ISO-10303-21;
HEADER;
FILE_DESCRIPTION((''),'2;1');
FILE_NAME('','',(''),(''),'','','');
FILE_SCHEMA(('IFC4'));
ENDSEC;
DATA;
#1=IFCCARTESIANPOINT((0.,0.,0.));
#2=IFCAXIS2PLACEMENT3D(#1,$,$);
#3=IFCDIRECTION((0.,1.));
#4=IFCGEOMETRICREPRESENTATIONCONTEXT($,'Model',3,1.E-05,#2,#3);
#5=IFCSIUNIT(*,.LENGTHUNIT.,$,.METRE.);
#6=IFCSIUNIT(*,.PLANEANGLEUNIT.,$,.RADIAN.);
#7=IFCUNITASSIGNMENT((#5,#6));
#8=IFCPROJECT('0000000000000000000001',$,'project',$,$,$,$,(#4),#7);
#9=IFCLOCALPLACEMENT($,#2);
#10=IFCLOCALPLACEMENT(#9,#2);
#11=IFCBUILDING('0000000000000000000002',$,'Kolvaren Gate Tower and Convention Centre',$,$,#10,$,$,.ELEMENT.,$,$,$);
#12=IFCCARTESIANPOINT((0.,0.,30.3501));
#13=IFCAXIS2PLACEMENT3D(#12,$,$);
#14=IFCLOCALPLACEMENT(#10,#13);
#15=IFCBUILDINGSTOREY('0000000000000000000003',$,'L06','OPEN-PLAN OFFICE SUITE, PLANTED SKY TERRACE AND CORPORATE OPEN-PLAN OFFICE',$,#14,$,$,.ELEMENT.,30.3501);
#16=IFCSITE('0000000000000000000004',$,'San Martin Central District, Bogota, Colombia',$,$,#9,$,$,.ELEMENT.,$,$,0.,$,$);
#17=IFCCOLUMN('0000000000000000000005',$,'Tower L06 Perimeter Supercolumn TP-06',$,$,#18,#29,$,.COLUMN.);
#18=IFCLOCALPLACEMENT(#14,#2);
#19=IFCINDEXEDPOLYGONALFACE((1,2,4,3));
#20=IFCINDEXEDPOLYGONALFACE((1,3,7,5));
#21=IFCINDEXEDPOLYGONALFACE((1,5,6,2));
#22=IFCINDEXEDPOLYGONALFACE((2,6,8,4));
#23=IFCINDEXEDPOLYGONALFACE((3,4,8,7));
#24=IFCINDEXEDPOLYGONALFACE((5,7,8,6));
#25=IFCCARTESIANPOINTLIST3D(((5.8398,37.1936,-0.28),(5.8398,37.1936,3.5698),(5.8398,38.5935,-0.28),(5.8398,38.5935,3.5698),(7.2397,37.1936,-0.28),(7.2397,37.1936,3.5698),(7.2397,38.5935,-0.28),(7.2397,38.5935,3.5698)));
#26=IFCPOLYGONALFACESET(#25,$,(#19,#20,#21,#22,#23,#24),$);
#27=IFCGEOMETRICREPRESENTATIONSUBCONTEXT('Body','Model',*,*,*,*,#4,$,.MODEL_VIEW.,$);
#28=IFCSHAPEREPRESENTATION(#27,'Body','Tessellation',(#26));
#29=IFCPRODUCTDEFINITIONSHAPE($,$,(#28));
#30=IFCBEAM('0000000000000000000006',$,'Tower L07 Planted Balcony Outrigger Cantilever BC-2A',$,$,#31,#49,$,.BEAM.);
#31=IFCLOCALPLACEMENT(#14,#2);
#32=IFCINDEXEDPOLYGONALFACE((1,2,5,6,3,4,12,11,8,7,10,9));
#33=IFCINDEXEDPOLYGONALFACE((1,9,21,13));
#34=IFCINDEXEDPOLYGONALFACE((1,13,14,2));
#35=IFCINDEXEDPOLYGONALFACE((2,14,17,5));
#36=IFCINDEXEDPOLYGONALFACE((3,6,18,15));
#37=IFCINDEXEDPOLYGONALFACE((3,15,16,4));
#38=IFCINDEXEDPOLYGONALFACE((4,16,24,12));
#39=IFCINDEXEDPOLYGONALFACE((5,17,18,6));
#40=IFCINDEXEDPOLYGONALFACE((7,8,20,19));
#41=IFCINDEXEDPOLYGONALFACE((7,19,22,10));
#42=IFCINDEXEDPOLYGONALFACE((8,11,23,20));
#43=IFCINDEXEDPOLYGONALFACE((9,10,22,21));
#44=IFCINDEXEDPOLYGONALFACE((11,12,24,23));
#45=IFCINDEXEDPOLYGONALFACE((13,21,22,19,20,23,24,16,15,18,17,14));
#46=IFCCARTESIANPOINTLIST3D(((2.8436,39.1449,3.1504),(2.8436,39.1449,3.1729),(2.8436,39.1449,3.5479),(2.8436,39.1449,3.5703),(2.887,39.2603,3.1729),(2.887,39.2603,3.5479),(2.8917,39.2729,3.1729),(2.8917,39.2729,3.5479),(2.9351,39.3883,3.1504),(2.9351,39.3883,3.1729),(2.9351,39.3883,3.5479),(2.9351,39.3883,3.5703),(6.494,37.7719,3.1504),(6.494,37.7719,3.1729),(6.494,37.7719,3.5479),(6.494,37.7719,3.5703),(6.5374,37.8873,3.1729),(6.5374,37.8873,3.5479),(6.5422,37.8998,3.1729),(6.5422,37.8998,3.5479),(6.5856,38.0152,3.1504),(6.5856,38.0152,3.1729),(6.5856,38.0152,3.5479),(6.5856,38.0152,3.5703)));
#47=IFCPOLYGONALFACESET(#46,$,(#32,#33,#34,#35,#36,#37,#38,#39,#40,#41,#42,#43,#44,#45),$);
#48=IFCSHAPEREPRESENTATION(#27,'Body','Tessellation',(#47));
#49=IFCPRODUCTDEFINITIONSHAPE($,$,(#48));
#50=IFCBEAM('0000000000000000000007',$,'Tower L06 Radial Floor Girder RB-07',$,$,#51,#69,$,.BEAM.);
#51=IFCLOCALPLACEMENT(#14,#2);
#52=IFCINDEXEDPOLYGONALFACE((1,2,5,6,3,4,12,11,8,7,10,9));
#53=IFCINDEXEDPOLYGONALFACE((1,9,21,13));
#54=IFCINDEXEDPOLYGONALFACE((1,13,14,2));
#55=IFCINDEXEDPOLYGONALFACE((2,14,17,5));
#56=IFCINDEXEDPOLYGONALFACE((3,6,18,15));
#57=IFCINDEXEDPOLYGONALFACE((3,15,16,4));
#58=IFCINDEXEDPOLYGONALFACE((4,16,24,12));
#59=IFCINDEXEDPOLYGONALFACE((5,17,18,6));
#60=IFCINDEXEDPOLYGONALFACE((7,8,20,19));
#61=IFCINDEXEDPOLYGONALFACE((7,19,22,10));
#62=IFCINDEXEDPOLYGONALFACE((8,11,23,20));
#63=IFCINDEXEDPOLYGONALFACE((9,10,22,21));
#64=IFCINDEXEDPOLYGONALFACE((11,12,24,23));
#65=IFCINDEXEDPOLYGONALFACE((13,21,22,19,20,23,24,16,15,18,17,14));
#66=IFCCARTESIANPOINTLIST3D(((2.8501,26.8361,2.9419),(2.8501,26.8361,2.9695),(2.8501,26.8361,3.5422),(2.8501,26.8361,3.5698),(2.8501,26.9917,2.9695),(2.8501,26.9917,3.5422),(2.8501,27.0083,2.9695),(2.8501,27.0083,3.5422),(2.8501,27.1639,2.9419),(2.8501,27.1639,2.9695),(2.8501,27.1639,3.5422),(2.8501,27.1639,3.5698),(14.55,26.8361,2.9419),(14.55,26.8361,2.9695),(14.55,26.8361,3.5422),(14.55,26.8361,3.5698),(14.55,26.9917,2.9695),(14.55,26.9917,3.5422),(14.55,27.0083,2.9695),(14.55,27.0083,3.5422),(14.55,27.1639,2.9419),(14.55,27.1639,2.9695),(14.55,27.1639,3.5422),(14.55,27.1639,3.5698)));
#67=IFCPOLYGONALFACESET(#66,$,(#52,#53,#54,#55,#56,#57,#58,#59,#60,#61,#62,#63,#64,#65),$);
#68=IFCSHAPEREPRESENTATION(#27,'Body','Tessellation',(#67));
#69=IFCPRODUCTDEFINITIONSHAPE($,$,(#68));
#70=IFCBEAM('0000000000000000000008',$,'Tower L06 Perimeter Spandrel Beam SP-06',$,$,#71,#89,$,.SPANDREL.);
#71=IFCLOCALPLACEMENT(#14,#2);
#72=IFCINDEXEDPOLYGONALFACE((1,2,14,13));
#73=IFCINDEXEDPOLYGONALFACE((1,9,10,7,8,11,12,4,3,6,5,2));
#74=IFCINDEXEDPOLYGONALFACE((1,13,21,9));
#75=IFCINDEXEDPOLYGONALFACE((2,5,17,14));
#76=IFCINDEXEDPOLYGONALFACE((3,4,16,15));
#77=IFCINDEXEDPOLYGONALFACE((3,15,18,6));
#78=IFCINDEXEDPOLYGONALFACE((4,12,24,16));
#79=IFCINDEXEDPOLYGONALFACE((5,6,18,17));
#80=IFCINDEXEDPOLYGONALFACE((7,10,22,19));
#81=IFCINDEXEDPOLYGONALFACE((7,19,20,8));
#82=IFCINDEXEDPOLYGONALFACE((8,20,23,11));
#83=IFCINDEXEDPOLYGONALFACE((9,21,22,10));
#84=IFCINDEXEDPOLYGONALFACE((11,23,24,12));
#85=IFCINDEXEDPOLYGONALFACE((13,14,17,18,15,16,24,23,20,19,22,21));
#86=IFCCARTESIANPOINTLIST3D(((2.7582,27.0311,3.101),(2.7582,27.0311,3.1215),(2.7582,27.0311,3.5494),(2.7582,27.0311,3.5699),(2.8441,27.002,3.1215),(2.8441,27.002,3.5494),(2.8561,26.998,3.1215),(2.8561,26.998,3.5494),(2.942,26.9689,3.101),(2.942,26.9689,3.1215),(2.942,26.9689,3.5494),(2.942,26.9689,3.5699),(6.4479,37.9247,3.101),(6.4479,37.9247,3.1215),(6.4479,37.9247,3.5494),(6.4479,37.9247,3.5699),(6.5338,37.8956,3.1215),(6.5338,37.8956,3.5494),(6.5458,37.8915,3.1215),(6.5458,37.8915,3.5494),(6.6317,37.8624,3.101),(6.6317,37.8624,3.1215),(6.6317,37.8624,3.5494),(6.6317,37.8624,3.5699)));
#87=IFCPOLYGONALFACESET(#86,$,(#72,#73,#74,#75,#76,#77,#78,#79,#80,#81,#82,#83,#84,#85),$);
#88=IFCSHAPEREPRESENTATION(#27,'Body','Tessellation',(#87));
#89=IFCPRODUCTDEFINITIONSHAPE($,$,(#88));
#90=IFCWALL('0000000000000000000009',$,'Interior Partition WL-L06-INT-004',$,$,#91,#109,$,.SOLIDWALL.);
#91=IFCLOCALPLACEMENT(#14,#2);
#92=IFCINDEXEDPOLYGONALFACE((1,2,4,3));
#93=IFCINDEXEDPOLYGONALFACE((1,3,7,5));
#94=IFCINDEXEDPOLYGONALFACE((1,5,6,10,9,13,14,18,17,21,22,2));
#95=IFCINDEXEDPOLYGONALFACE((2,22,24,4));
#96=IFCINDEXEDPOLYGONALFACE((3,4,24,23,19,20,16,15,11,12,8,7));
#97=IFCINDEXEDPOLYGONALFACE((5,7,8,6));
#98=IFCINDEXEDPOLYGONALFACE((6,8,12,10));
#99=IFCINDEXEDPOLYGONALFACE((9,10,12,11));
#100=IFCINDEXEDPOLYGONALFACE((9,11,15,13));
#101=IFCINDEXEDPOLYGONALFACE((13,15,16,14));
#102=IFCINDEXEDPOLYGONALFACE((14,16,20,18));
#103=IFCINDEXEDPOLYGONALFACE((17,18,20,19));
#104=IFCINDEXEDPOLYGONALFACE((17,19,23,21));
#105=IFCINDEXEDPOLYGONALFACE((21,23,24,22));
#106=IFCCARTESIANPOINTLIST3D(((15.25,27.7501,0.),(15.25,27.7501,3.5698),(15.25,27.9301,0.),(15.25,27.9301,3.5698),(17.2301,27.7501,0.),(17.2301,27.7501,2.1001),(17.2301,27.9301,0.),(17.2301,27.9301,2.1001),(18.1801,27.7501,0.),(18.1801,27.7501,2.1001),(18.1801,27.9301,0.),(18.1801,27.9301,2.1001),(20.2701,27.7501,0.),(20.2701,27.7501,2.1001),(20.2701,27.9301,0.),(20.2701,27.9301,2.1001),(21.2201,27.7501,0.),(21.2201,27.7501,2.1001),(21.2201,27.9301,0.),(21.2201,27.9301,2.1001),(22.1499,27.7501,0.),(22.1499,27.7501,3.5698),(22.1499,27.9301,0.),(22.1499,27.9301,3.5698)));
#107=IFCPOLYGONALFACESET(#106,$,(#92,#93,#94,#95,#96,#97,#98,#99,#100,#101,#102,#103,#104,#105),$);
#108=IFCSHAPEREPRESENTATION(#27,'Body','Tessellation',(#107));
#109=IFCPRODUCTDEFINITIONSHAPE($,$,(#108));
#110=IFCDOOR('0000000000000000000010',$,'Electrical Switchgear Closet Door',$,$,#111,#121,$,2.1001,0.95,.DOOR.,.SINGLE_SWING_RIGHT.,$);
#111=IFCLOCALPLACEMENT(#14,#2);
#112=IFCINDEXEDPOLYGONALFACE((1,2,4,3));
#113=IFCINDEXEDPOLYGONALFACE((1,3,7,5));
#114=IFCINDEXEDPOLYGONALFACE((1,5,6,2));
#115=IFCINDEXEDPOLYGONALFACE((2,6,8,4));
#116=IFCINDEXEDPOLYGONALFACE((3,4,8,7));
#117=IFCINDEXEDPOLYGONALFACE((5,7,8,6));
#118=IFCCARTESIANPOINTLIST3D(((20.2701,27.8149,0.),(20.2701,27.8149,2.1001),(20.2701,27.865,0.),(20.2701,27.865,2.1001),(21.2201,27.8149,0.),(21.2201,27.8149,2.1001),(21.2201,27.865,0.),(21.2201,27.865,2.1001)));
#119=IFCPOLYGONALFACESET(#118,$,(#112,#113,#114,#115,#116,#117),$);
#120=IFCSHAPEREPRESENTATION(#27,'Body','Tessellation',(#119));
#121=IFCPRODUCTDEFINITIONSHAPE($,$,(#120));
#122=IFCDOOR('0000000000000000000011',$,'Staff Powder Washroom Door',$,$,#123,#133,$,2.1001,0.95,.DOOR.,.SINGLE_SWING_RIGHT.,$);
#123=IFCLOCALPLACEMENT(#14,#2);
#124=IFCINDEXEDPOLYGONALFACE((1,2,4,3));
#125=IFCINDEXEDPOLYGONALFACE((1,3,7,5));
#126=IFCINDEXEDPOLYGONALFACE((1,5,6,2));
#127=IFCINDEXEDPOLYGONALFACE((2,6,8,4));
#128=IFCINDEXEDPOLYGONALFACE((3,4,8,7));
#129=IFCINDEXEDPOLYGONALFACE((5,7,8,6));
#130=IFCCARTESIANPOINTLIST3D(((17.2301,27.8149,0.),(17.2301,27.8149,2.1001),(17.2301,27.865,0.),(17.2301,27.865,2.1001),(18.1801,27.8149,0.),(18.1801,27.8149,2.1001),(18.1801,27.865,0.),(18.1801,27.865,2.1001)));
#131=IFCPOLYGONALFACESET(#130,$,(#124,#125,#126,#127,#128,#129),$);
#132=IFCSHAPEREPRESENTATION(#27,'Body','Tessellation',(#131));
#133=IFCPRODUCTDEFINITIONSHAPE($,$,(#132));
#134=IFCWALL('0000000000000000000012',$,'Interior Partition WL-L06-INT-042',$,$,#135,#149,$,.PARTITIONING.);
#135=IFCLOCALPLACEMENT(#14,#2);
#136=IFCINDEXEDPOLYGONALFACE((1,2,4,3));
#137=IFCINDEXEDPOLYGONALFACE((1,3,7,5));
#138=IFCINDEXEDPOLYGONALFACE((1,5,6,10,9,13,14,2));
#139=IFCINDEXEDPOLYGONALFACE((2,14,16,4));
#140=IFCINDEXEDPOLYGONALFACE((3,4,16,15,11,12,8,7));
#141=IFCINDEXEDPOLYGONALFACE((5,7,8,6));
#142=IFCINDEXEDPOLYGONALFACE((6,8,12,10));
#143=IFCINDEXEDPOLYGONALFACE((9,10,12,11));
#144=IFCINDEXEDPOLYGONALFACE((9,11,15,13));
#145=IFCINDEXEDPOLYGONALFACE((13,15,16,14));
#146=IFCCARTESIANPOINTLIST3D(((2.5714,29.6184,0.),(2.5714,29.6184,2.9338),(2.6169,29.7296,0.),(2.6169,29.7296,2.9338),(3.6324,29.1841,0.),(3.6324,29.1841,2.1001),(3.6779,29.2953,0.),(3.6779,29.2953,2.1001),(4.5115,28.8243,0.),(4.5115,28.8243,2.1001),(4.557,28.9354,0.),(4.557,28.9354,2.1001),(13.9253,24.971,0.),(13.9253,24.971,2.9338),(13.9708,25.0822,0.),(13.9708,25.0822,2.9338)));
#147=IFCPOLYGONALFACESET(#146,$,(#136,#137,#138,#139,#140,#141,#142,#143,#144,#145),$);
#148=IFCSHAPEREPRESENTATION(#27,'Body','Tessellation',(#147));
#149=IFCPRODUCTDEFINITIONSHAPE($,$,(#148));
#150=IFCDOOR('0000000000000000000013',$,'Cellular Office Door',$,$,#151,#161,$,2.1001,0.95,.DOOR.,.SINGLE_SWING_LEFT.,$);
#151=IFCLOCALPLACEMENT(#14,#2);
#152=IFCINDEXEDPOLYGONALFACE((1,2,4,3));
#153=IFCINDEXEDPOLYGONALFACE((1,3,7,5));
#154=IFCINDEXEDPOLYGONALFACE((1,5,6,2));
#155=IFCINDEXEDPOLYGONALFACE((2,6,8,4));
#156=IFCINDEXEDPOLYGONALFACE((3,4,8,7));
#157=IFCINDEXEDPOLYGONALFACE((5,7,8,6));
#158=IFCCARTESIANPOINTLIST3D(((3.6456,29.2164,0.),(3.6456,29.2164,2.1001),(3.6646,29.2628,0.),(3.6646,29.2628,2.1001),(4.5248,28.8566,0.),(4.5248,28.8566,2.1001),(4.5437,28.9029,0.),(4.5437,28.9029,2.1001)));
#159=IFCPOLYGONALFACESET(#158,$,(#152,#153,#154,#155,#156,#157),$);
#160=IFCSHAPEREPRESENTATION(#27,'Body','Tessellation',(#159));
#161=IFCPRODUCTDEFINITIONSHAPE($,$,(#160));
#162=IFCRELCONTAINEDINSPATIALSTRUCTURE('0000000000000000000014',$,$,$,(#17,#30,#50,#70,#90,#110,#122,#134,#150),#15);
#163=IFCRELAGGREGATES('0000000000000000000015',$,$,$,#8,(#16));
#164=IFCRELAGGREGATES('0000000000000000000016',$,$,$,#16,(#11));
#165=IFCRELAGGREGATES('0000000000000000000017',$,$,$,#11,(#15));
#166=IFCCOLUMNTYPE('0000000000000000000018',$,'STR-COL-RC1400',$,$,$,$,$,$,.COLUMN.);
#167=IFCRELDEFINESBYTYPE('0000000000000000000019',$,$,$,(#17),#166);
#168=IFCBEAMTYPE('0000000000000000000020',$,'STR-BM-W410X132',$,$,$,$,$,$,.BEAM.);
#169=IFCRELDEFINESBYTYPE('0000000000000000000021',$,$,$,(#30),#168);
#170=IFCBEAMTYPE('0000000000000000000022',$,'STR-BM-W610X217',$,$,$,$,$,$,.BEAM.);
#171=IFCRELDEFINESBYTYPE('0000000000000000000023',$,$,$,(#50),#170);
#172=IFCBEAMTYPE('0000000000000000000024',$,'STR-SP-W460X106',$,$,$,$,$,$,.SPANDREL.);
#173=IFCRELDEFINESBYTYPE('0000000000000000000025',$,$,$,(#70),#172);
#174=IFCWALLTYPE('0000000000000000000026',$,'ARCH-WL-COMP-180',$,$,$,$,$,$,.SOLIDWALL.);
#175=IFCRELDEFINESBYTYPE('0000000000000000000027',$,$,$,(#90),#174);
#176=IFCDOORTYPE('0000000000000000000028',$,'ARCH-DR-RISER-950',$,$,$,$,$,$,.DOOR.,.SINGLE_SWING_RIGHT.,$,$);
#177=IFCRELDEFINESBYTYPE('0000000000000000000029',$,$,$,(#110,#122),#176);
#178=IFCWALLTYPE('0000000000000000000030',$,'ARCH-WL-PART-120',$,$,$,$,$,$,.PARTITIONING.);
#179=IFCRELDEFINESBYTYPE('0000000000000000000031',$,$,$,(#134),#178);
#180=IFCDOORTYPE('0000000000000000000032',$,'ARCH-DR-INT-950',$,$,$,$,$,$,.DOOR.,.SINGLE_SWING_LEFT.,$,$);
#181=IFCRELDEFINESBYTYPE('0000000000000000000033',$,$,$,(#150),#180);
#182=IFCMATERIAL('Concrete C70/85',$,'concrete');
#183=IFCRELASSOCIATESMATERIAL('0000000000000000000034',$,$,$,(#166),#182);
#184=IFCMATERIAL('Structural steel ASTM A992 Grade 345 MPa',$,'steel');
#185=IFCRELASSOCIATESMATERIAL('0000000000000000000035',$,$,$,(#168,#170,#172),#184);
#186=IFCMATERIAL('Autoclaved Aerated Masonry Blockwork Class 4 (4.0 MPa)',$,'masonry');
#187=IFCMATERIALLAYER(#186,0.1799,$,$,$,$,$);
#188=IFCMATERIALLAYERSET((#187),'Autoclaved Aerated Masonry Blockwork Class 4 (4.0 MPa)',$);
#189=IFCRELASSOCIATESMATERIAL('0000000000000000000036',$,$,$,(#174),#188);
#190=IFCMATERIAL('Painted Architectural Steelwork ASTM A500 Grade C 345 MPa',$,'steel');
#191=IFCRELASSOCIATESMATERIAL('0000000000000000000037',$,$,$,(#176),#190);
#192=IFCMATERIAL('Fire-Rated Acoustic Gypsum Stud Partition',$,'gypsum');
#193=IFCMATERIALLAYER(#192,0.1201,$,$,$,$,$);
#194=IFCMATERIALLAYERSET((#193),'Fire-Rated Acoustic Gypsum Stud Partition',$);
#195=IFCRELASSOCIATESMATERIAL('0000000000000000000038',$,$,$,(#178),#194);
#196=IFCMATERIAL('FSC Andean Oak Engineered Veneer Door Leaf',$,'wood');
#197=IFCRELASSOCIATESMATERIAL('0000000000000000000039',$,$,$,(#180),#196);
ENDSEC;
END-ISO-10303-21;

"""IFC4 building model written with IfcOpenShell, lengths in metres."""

from ifc_helpers import new_model, si_unit, direction, frame, frame_2d, origin, origin_2d, place, context, subcontext, project, spatial, rectangle, i_section, extrude, material, layer, layer_set, material_profile, profile_set, type_object, element, fill, save


model = new_model("IFC4")

# Units and contexts
model_context = context("Model", 3, precision=1e-05, world=origin(), true_north=direction((0.0, 1.0)))
body_context = subcontext(model_context, "Body", "Model", "MODEL_VIEW")
ifc_project = project(units=[si_unit("LENGTHUNIT", "METRE"), si_unit("PLANEANGLEUNIT", "RADIAN")], contexts=[model_context])

# Site, building, storey
site_placement = place(None, origin())
site = spatial("IfcSite", under=ifc_project, at=site_placement, Name="San Martin Central District, Bogota, Colombia", CompositionType="ELEMENT", RefElevation=0.0)
building_placement = place(site_placement, origin())
building = spatial("IfcBuilding", under=site, at=building_placement, Name="Kolvaren Gate Tower and Convention Centre", CompositionType="ELEMENT")
storey_placement = place(building_placement, frame((0.0, 0.0, 30.3501)))
storey = spatial("IfcBuildingStorey", under=building, at=storey_placement, Name="L06", Description="OPEN-PLAN OFFICE SUITE, PLANTED SKY TERRACE AND CORPORATE OPEN-PLAN OFFICE", CompositionType="ELEMENT", Elevation=30.3501)

# Column
ifc_material_1 = material(Name="Concrete C70/85", Category="concrete")
ifc_material_profile_1 = material_profile(ifc_material_1, rectangle(XDim=1.3999, YDim=1.3999, at=origin_2d()), Name="RC-COL-1400X1400")
ifc_profile_set_1 = profile_set([ifc_material_profile_1], Name="Concrete C70/85")
column_type = type_object("IfcColumnType", Name="STR-COL-RC1400", PredefinedType="COLUMN", material=ifc_profile_set_1)
column_placement = place(storey_placement, frame((6.5398, 37.8936, -0.28), z_axis=(0.0, 0.0, 1.0), x_axis=(1.0, 0.0, 0.0)))
element("IfcColumn", 1, at=column_placement, inside=storey, type_object=column_type, Name="Tower L06 Perimeter Supercolumn TP-06", PredefinedType="COLUMN", context=body_context, shape_type="SweptSolid", body=[
    extrude(rectangle(XDim=1.3999, YDim=1.3999, at=origin_2d()), origin(), (0.0, 0.0, 1.0), 3.8499),
])

# Beams
ifc_material_2 = material(Name="Structural steel ASTM A992 Grade 345 MPa", Category="steel")
ifc_material_profile_2 = material_profile(ifc_material_2, i_section(OverallWidth=0.26, OverallDepth=0.4199, WebThickness=0.0134, FlangeThickness=0.0225, at=origin_2d()), Name="W410X132")
ifc_profile_set_2 = profile_set([ifc_material_profile_2], Name="Structural steel ASTM A992 Grade 345 MPa")
beam_type_1 = type_object("IfcBeamType", Name="STR-BM-W410X132", PredefinedType="BEAM", material=ifc_profile_set_2)
beam_1_placement = place(storey_placement, frame((6.5398, 37.8936, 3.3604), z_axis=(-0.935979, 0.352056, 0.0), x_axis=(-0.352056, -0.935979, 0.0)))
element("IfcBeam", 2, at=beam_1_placement, inside=storey, type_object=beam_type_1, Name="Tower L07 Planted Balcony Outrigger Cantilever BC-2A", PredefinedType="BEAM", context=body_context, shape_type="SweptSolid", body=[
    extrude(i_section(OverallWidth=0.26, OverallDepth=0.4199, WebThickness=0.0134, FlangeThickness=0.0225, at=origin_2d()), origin(), (0.0, 0.0, 1.0), 3.9001),
])
ifc_material_profile_3 = material_profile(ifc_material_2, i_section(OverallWidth=0.3279, OverallDepth=0.6279, WebThickness=0.0166, FlangeThickness=0.0276, at=origin_2d()), Name="W610X217")
ifc_profile_set_3 = profile_set([ifc_material_profile_3], Name="Structural steel ASTM A992 Grade 345 MPa")
beam_type_2 = type_object("IfcBeamType", Name="STR-BM-W610X217", PredefinedType="BEAM", material=ifc_profile_set_3)
beam_2_placement = place(storey_placement, frame((14.55, 27.0, 3.2559), z_axis=(-1.0, 0.0, 0.0), x_axis=(0.0, -1.0, 0.0)))
element("IfcBeam", 3, at=beam_2_placement, inside=storey, type_object=beam_type_2, Name="Tower L06 Radial Floor Girder RB-07", PredefinedType="BEAM", context=body_context, shape_type="SweptSolid", body=[
    extrude(i_section(OverallWidth=0.3279, OverallDepth=0.6279, WebThickness=0.0166, FlangeThickness=0.0276, at=origin_2d()), origin(), (0.0, 0.0, 1.0), 11.7),
])
ifc_material_profile_4 = material_profile(ifc_material_2, i_section(OverallWidth=0.1941, OverallDepth=0.469, WebThickness=0.0127, FlangeThickness=0.0205, at=origin_2d()), Name="W460X106")
ifc_profile_set_4 = profile_set([ifc_material_profile_4], Name="Structural steel ASTM A992 Grade 345 MPa")
beam_type_3 = type_object("IfcBeamType", Name="STR-SP-W460X106", PredefinedType="SPANDREL", material=ifc_profile_set_4)
beam_3_placement = place(storey_placement, frame((6.5398, 37.8936, 3.3354), z_axis=(-0.320803, -0.947146, 0.0), x_axis=(0.947146, -0.320803, 0.0)))
element("IfcBeam", 4, at=beam_3_placement, inside=storey, type_object=beam_type_3, Name="Tower L06 Perimeter Spandrel Beam SP-06", PredefinedType="SPANDREL", context=body_context, shape_type="SweptSolid", body=[
    extrude(i_section(OverallWidth=0.1941, OverallDepth=0.469, WebThickness=0.0127, FlangeThickness=0.0205, at=origin_2d()), origin(), (0.0, 0.0, 1.0), 11.5015),
])

# Wall, openings, doors
ifc_material_3 = material(Name="Autoclaved Aerated Masonry Blockwork Class 4 (4.0 MPa)", Category="masonry")
ifc_layer_1 = layer(ifc_material_3, 0.1799)
ifc_layer_set_1 = layer_set([ifc_layer_1], Name="Autoclaved Aerated Masonry Blockwork Class 4 (4.0 MPa)")
wall_type_1 = type_object("IfcWallType", Name="ARCH-WL-COMP-180", PredefinedType="SOLIDWALL", material=ifc_layer_set_1)
wall_1_placement = place(storey_placement, frame((15.25, 27.8401, 0.0), z_axis=(0.0, 0.0, 1.0), x_axis=(1.0, 0.0, 0.0)))
wall_1 = element("IfcWall", 5, at=wall_1_placement, inside=storey, type_object=wall_type_1, Name="Interior Partition WL-L06-INT-004", PredefinedType="SOLIDWALL", context=body_context, shape_type="SweptSolid", body=[
    extrude(rectangle(XDim=6.8999, YDim=0.1799, at=frame_2d((3.45, 0.0))), origin(), (0.0, 0.0, 1.0), 3.5698),
])
opening_1_placement = place(wall_1_placement, frame((5.02, 0.0, 0.0)))
opening_1 = element("IfcOpeningElement", 6, at=opening_1_placement, cuts=wall_1, PredefinedType="OPENING", context=body_context, shape_type="SweptSolid", body=[
    extrude(rectangle(XDim=0.95, YDim=2.1001, at=frame_2d((0.4751, 1.05))), frame((0.0, 0.0999, 0.0), z_axis=(0.0, -1.0, 0.0), x_axis=(1.0, 0.0, 0.0)), (0.0, 0.0, 1.0), 0.2),
])
opening_2_placement = place(wall_1_placement, frame((1.98, 0.0, 0.0)))
opening_2 = element("IfcOpeningElement", 7, at=opening_2_placement, cuts=wall_1, PredefinedType="OPENING", context=body_context, shape_type="SweptSolid", body=[
    extrude(rectangle(XDim=0.95, YDim=2.1001, at=frame_2d((0.4751, 1.05))), frame((0.0, 0.0999, 0.0), z_axis=(0.0, -1.0, 0.0), x_axis=(1.0, 0.0, 0.0)), (0.0, 0.0, 1.0), 0.2),
])
ifc_material_4 = material(Name="Painted Architectural Steelwork ASTM A500 Grade C 345 MPa", Category="steel")
door_type_1 = type_object("IfcDoorType", Name="ARCH-DR-RISER-950", OperationType="SINGLE_SWING_RIGHT", PredefinedType="DOOR", material=ifc_material_4)
door_1_placement = place(opening_1_placement, origin())
door_1 = element("IfcDoor", 8, at=door_1_placement, inside=storey, type_object=door_type_1, Name="Electrical Switchgear Closet Door", OperationType="SINGLE_SWING_RIGHT", OverallHeight=2.1001, OverallWidth=0.95, PredefinedType="DOOR", context=body_context, shape_type="SweptSolid", body=[
    extrude(rectangle(XDim=0.95, YDim=2.1001, at=frame_2d((0.4751, 1.05))), frame((0.0, 0.0249, 0.0), z_axis=(0.0, -1.0, 0.0), x_axis=(1.0, 0.0, 0.0)), (0.0, 0.0, 1.0), 0.05),
])
fill(opening_1, door_1)
door_2_placement = place(opening_2_placement, origin())
door_2 = element("IfcDoor", 9, at=door_2_placement, inside=storey, type_object=door_type_1, Name="Staff Powder Washroom Door", OperationType="SINGLE_SWING_RIGHT", OverallHeight=2.1001, OverallWidth=0.95, PredefinedType="DOOR", context=body_context, shape_type="SweptSolid", body=[
    extrude(rectangle(XDim=0.95, YDim=2.1001, at=frame_2d((0.4751, 1.05))), frame((0.0, 0.0249, 0.0), z_axis=(0.0, -1.0, 0.0), x_axis=(1.0, 0.0, 0.0)), (0.0, 0.0, 1.0), 0.05),
])
fill(opening_2, door_2)

# Wall, opening, door
ifc_material_5 = material(Name="Fire-Rated Acoustic Gypsum Stud Partition", Category="gypsum")
ifc_layer_2 = layer(ifc_material_5, 0.1201)
ifc_layer_set_2 = layer_set([ifc_layer_2], Name="Fire-Rated Acoustic Gypsum Stud Partition")
wall_type_2 = type_object("IfcWallType", Name="ARCH-WL-PART-120", PredefinedType="PARTITIONING", material=ifc_layer_set_2)
wall_2_placement = place(storey_placement, frame((2.594, 29.6741, 0.0), z_axis=(0.0, 0.0, 1.0), x_axis=(0.925471, -0.378817, 0.0)))
wall_2 = element("IfcWall", 10, at=wall_2_placement, inside=storey, type_object=wall_type_2, Name="Interior Partition WL-L06-INT-042", PredefinedType="PARTITIONING", context=body_context, shape_type="SweptSolid", body=[
    extrude(rectangle(XDim=12.2683, YDim=0.1201, at=frame_2d((6.1343, 0.0))), origin(), (0.0, 0.0, 1.0), 2.9338),
])
opening_3_placement = place(wall_2_placement, frame((1.1465, 0.0, 0.0)))
opening_3 = element("IfcOpeningElement", 11, at=opening_3_placement, cuts=wall_2, PredefinedType="OPENING", context=body_context, shape_type="SweptSolid", body=[
    extrude(rectangle(XDim=0.95, YDim=2.1001, at=frame_2d((0.4751, 1.05))), frame((0.0, 0.0701, 0.0), z_axis=(0.0, -1.0, 0.0), x_axis=(1.0, 0.0, 0.0)), (0.0, 0.0, 1.0), 0.1401),
])
ifc_material_6 = material(Name="FSC Andean Oak Engineered Veneer Door Leaf", Category="wood")
door_type_2 = type_object("IfcDoorType", Name="ARCH-DR-INT-950", OperationType="SINGLE_SWING_LEFT", PredefinedType="DOOR", material=ifc_material_6)
door_3_placement = place(opening_3_placement, origin())
door_3 = element("IfcDoor", 12, at=door_3_placement, inside=storey, type_object=door_type_2, Name="Cellular Office Door", OperationType="SINGLE_SWING_LEFT", OverallHeight=2.1001, OverallWidth=0.95, PredefinedType="DOOR", context=body_context, shape_type="SweptSolid", body=[
    extrude(rectangle(XDim=0.95, YDim=2.1001, at=frame_2d((0.4751, 1.05))), frame((0.0, 0.0249, 0.0), z_axis=(0.0, -1.0, 0.0), x_axis=(1.0, 0.0, 0.0)), (0.0, 0.0, 1.0), 0.05),
])
fill(opening_3, door_3)

save(model, "model.ifc")
